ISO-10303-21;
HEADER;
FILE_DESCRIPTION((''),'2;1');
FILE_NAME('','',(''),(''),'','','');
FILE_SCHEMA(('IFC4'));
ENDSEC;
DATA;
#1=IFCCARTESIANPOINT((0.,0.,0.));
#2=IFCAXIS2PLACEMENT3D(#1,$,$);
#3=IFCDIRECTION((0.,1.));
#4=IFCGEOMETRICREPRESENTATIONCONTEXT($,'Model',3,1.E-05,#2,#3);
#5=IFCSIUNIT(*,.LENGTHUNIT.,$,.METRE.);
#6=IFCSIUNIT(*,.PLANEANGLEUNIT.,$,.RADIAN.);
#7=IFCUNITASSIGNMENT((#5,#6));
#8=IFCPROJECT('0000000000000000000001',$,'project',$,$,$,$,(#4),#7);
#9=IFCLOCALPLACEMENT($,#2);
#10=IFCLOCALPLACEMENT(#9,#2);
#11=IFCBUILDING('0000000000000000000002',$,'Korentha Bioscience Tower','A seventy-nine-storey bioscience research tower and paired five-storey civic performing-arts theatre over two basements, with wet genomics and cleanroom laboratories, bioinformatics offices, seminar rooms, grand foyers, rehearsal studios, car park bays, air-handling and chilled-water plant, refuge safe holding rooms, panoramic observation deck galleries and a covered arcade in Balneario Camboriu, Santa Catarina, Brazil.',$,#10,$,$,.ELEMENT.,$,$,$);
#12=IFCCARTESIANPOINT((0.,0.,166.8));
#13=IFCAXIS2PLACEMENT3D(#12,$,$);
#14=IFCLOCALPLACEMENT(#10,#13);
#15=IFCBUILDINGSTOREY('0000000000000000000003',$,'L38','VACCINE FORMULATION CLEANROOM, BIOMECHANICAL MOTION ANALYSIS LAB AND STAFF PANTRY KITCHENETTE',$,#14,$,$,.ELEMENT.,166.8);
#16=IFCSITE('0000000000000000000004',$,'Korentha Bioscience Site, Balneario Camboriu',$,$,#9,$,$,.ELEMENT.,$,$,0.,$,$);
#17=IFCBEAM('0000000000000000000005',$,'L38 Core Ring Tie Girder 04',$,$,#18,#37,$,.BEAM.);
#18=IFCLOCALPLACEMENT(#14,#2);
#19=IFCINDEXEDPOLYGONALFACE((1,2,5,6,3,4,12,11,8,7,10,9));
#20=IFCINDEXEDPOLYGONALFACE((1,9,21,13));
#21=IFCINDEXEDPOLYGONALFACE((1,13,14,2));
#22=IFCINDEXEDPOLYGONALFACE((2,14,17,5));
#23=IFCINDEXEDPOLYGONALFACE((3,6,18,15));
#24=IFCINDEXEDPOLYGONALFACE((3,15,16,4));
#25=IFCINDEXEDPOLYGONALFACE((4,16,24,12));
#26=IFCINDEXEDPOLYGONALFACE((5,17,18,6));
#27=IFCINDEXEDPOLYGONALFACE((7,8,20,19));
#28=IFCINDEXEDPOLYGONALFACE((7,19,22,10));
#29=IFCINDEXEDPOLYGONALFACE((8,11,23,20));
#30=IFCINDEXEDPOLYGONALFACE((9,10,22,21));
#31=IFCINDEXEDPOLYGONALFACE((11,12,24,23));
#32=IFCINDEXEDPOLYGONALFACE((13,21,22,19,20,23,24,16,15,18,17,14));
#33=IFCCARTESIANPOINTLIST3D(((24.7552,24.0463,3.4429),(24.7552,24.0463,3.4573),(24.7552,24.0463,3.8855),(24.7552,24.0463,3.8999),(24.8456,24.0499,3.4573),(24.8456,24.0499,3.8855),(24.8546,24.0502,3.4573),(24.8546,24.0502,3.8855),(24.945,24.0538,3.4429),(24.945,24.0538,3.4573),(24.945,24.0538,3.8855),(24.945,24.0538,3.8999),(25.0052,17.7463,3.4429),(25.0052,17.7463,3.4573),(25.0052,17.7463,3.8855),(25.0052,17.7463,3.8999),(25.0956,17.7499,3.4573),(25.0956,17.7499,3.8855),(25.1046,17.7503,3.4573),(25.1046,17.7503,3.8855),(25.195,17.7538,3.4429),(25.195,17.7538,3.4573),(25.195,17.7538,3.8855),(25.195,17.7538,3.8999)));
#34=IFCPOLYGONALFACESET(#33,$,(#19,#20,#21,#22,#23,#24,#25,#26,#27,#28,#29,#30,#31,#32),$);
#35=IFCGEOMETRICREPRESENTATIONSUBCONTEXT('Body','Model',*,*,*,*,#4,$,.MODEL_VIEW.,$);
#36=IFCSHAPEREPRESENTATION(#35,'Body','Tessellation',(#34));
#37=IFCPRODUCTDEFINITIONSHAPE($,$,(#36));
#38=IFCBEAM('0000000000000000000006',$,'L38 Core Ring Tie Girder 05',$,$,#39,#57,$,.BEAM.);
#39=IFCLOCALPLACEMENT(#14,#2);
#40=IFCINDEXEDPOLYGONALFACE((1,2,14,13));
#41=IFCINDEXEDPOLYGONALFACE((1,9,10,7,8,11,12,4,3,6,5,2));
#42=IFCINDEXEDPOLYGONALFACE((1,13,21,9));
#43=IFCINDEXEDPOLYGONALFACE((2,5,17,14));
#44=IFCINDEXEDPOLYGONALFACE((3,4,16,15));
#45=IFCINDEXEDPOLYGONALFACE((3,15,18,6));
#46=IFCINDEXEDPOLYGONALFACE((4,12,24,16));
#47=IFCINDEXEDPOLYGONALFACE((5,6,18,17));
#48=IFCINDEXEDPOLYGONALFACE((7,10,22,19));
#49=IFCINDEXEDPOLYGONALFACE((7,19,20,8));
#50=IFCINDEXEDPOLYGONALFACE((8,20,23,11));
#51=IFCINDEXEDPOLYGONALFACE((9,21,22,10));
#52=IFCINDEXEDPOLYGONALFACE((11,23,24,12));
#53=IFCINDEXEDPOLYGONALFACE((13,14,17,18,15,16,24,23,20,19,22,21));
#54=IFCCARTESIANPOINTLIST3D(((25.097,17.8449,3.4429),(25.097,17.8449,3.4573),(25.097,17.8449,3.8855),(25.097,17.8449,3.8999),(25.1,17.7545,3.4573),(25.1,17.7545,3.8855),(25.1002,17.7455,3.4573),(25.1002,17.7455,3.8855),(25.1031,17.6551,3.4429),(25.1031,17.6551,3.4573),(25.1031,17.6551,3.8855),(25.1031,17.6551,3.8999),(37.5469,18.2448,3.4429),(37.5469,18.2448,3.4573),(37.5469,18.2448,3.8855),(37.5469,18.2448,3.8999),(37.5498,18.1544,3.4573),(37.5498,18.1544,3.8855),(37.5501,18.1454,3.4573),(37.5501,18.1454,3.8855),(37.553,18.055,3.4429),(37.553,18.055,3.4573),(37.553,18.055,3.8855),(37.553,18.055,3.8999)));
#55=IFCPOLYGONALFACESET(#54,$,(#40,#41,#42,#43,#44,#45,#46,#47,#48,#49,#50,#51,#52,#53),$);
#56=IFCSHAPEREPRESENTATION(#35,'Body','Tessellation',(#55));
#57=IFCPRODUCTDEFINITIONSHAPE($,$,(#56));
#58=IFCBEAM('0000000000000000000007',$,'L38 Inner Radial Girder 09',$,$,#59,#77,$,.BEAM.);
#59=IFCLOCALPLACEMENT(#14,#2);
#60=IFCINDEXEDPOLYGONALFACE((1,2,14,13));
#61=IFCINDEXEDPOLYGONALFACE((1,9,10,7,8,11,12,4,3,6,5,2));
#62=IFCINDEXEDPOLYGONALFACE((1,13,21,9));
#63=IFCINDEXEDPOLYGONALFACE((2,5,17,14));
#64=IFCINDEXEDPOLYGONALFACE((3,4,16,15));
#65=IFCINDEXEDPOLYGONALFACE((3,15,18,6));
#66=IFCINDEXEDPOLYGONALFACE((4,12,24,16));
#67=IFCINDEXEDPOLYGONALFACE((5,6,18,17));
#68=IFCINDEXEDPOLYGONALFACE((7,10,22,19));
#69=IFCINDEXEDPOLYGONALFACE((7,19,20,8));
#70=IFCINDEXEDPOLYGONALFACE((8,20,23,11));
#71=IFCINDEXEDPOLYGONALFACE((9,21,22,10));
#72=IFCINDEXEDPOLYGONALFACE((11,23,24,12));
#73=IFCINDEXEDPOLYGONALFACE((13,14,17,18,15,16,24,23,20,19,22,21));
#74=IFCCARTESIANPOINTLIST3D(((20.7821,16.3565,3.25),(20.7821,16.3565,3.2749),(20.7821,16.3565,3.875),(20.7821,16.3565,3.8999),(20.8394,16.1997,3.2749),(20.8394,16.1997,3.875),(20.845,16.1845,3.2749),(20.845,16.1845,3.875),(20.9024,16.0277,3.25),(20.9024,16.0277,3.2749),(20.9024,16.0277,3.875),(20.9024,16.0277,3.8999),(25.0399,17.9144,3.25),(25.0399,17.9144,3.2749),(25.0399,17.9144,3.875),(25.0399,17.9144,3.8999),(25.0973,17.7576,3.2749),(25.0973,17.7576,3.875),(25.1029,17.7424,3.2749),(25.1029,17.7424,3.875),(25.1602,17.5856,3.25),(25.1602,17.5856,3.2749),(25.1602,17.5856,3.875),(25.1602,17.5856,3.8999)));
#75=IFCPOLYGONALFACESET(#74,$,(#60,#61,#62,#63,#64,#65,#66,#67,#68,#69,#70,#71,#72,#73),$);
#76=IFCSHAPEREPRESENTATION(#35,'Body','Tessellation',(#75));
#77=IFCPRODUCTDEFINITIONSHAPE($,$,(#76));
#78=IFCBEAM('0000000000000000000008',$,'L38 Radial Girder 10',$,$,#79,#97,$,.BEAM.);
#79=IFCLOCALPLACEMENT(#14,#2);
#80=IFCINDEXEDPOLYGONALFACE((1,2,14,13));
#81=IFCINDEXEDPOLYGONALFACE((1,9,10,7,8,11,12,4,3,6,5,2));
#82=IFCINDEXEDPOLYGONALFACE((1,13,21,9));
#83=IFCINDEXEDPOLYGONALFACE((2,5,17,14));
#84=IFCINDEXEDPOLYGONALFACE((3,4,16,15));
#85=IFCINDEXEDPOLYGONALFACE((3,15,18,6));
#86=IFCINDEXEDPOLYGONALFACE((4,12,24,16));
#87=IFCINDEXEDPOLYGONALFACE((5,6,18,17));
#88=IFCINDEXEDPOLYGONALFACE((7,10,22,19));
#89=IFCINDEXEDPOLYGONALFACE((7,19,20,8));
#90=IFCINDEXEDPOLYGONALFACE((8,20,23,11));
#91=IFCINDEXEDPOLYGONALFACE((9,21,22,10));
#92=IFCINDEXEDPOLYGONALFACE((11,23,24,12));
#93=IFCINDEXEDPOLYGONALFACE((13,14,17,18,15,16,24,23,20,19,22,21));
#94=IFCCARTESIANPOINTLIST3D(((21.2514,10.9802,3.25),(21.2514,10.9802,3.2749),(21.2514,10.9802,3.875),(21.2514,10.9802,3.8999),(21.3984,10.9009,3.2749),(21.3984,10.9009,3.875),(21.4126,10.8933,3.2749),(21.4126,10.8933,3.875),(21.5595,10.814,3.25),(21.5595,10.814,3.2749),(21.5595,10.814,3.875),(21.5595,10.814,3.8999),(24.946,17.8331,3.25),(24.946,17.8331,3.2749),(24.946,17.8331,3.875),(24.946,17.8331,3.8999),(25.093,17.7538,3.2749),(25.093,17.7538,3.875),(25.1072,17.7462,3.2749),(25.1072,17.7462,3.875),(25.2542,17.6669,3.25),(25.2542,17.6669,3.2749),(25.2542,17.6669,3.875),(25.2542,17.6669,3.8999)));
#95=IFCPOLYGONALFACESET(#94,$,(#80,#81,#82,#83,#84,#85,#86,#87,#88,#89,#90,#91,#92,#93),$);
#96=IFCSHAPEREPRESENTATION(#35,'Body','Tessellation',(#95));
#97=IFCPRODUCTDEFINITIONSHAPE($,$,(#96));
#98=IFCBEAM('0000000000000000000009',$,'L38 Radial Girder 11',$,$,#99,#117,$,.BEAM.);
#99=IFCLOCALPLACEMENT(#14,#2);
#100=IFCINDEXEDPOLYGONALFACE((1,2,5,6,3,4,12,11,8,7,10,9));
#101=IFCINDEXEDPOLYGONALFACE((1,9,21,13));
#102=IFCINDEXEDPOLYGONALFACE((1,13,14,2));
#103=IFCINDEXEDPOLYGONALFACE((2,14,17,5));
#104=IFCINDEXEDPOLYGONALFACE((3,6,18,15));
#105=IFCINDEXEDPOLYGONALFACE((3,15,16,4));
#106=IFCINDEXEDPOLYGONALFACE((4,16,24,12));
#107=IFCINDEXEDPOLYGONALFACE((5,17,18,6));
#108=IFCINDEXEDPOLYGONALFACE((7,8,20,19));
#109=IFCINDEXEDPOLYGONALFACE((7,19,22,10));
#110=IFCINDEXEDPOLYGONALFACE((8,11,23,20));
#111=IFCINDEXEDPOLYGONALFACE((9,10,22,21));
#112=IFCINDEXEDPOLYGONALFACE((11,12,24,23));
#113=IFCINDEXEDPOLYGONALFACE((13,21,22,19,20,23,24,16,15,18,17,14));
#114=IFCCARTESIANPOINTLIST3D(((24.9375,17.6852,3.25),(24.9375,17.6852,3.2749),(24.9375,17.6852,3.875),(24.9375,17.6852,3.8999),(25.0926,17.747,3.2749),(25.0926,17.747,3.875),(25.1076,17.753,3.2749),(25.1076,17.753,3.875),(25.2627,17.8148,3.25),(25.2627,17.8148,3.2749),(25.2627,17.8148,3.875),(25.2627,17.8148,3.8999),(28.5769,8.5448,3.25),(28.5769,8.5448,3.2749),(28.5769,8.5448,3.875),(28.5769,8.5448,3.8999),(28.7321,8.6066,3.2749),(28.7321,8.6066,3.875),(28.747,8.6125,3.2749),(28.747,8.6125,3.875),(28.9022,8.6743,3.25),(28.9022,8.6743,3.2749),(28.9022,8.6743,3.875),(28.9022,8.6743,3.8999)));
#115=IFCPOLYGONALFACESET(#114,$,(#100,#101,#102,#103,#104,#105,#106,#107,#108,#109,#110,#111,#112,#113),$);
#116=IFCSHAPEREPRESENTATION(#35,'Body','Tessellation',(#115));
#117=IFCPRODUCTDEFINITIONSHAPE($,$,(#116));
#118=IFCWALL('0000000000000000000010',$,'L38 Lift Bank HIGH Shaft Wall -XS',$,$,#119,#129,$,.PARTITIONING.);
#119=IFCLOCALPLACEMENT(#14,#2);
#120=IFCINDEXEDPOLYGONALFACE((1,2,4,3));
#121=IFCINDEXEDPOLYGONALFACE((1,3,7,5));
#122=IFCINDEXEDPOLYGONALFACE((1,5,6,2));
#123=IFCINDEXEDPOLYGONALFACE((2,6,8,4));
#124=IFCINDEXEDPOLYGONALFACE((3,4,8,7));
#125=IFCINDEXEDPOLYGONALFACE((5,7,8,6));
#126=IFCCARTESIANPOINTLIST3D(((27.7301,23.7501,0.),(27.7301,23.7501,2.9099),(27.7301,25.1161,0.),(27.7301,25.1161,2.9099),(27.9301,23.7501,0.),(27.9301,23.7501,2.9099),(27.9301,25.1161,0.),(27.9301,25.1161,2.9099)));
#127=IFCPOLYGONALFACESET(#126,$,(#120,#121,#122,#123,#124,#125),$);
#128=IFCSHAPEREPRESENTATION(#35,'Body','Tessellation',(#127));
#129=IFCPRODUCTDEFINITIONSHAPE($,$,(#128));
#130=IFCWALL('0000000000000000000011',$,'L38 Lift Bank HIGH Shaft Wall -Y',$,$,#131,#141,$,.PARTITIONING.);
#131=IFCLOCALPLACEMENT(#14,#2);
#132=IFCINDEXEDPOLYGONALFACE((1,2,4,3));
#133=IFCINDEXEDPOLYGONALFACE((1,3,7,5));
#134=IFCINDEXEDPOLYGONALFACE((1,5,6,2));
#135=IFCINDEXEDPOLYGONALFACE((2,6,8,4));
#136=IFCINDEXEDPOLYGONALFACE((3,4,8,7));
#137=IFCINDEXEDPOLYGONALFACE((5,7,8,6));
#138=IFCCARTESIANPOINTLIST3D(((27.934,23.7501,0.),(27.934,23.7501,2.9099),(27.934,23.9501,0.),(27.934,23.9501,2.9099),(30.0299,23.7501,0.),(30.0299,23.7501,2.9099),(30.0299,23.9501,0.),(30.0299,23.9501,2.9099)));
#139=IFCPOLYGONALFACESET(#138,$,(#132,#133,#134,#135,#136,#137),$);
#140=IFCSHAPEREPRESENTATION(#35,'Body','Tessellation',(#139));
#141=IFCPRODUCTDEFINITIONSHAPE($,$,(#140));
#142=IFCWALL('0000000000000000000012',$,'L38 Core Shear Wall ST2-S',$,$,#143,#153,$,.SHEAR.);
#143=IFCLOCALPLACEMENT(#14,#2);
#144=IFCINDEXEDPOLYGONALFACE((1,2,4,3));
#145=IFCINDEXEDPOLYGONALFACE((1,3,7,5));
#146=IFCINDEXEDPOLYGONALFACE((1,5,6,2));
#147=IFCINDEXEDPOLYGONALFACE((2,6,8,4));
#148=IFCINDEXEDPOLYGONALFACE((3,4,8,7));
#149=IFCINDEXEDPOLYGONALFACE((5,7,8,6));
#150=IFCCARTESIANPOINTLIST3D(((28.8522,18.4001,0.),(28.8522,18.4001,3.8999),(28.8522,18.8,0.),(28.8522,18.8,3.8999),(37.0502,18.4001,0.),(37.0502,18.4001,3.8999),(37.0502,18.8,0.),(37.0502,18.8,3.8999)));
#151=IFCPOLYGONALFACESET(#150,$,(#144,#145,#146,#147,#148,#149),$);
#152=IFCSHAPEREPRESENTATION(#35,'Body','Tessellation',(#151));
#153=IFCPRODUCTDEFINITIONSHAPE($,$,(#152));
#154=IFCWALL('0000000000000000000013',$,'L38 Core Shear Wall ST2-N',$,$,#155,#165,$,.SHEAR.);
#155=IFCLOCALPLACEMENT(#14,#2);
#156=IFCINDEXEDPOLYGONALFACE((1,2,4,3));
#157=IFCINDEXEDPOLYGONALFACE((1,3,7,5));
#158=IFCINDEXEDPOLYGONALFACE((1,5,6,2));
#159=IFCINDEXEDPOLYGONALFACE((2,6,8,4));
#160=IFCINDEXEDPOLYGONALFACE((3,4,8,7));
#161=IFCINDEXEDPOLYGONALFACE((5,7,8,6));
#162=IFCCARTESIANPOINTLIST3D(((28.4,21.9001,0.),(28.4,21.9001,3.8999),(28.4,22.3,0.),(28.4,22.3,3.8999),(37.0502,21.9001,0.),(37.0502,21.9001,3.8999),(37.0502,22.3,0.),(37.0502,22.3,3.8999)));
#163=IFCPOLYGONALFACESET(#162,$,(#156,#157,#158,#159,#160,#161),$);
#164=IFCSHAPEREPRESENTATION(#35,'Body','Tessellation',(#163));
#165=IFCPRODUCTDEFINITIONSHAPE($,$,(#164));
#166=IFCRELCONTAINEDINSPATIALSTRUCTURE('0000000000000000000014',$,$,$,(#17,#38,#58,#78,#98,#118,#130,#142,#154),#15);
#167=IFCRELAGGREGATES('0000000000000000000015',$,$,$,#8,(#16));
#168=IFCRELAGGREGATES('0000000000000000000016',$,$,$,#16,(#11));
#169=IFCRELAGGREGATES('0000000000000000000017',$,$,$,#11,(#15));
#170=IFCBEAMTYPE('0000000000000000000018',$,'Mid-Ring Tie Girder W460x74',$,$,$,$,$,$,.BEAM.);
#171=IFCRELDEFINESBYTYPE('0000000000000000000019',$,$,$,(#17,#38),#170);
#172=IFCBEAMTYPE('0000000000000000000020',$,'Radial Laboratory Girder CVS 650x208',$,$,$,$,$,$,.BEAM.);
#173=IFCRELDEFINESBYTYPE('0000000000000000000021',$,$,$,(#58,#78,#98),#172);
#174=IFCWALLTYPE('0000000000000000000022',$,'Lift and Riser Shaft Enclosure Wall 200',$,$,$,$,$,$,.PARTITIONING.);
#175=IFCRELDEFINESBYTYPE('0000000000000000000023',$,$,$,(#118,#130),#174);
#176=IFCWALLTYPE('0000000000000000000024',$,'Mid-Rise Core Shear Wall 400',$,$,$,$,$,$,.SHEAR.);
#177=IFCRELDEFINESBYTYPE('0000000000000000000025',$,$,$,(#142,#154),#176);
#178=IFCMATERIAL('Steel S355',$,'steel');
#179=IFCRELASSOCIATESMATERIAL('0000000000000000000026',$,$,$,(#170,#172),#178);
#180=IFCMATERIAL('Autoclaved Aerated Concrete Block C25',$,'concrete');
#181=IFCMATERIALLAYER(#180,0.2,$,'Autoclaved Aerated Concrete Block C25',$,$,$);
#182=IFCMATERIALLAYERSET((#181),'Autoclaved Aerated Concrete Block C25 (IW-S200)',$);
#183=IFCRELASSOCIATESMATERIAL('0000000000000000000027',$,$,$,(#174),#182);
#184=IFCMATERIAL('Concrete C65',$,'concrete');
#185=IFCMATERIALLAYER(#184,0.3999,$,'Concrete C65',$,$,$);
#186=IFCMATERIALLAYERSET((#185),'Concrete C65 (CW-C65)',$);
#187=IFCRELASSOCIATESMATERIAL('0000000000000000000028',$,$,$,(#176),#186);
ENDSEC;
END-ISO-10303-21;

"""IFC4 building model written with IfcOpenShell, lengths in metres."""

from ifc_helpers import new_model, si_unit, direction, frame, frame_2d, origin, origin_2d, place, context, subcontext, project, spatial, rectangle, i_section, extrude, material, layer, layer_set, material_profile, profile_set, type_object, element, save


model = new_model("IFC4")

# Units and contexts
model_context = context("Model", 3, precision=1e-05, world=origin(), true_north=direction((0.0, 1.0)))
body_context = subcontext(model_context, "Body", "Model", "MODEL_VIEW")
ifc_project = project(units=[si_unit("LENGTHUNIT", "METRE"), si_unit("PLANEANGLEUNIT", "RADIAN")], contexts=[model_context])

# Site, building, storey
site_placement = place(None, origin())
site = spatial("IfcSite", under=ifc_project, at=site_placement, Name="Korentha Bioscience Site, Balneario Camboriu", CompositionType="ELEMENT", RefElevation=0.0)
building_placement = place(site_placement, origin())
building = spatial("IfcBuilding", under=site, at=building_placement, Name="Korentha Bioscience Tower", Description="A seventy-nine-storey bioscience research tower and paired five-storey civic performing-arts theatre over two basements, with wet genomics and cleanroom laboratories, bioinformatics offices, seminar rooms, grand foyers, rehearsal studios, car park bays, air-handling and chilled-water plant, refuge safe holding rooms, panoramic observation deck galleries and a covered arcade in Balneario Camboriu, Santa Catarina, Brazil.", CompositionType="ELEMENT")
storey_placement = place(building_placement, frame((0.0, 0.0, 166.8)))
storey = spatial("IfcBuildingStorey", under=building, at=storey_placement, Name="L38", Description="VACCINE FORMULATION CLEANROOM, BIOMECHANICAL MOTION ANALYSIS LAB AND STAFF PANTRY KITCHENETTE", CompositionType="ELEMENT", Elevation=166.8)

# Beams
ifc_material_1 = material(Name="Steel S355", Category="steel")
ifc_material_profile_1 = material_profile(ifc_material_1, i_section(OverallWidth=0.1899, OverallDepth=0.457, WebThickness=0.009, FlangeThickness=0.0144, at=origin_2d()), Name="Steel S355")
ifc_profile_set_1 = profile_set([ifc_material_profile_1], Name="Steel S355 (MB-460)")
beam_type_1 = type_object("IfcBeamType", Name="Mid-Ring Tie Girder W460x74", PredefinedType="BEAM", material=ifc_profile_set_1)
beam_1_placement = place(storey_placement, frame((24.8501, 24.05, 3.6714), z_axis=(0.039651, -0.999214, 0.0), x_axis=(0.999214, 0.039651, 0.0)))
element("IfcBeam", 1, at=beam_1_placement, inside=storey, type_object=beam_type_1, Name="L38 Core Ring Tie Girder 04", PredefinedType="BEAM", context=body_context, shape_type="SweptSolid", body=[
    extrude(i_section(OverallWidth=0.1899, OverallDepth=0.457, WebThickness=0.009, FlangeThickness=0.0144, at=origin_2d()), origin(), (0.0, 0.0, 1.0), 6.3049),
])
beam_2_placement = place(storey_placement, frame((25.1001, 17.75, 3.6714), z_axis=(0.999485, 0.032104, 0.0), x_axis=(-0.032104, 0.999485, 0.0)))
element("IfcBeam", 2, at=beam_2_placement, inside=storey, type_object=beam_type_1, Name="L38 Core Ring Tie Girder 05", PredefinedType="BEAM", context=body_context, shape_type="SweptSolid", body=[
    extrude(i_section(OverallWidth=0.1899, OverallDepth=0.457, WebThickness=0.009, FlangeThickness=0.0144, at=origin_2d()), origin(), (0.0, 0.0, 1.0), 12.4563),
])
ifc_material_profile_2 = material_profile(ifc_material_1, i_section(OverallWidth=0.3501, OverallDepth=0.6499, WebThickness=0.0161, FlangeThickness=0.0249, at=origin_2d()), Name="Steel S355")
ifc_profile_set_2 = profile_set([ifc_material_profile_2], Name="Steel S355 (RB-650)")
beam_type_2 = type_object("IfcBeamType", Name="Radial Laboratory Girder CVS 650x208", PredefinedType="BEAM", material=ifc_profile_set_2)
beam_3_placement = place(storey_placement, frame((25.1001, 17.75, 3.575), z_axis=(-0.939114, -0.343606, 0.0), x_axis=(0.343606, -0.939114, 0.0)))
element("IfcBeam", 3, at=beam_3_placement, inside=storey, type_object=beam_type_2, Name="L38 Inner Radial Girder 09", PredefinedType="BEAM", context=body_context, shape_type="SweptSolid", body=[
    extrude(i_section(OverallWidth=0.3501, OverallDepth=0.6499, WebThickness=0.0161, FlangeThickness=0.0249, at=origin_2d()), origin(), (0.0, 0.0, 1.0), 4.5339),
])
beam_4_placement = place(storey_placement, frame((25.1001, 17.75, 3.575), z_axis=(-0.47456, -0.880223, 0.0), x_axis=(0.880223, -0.47456, 0.0)))
element("IfcBeam", 4, at=beam_4_placement, inside=storey, type_object=beam_type_2, Name="L38 Radial Girder 10", PredefinedType="BEAM", context=body_context, shape_type="SweptSolid", body=[
    extrude(i_section(OverallWidth=0.3501, OverallDepth=0.6499, WebThickness=0.0161, FlangeThickness=0.0249, at=origin_2d()), origin(), (0.0, 0.0, 1.0), 7.7854),
])
beam_5_placement = place(storey_placement, frame((25.1001, 17.75, 3.575), z_axis=(0.369923, -0.929063, 0.0), x_axis=(0.929063, 0.369923, 0.0)))
element("IfcBeam", 5, at=beam_5_placement, inside=storey, type_object=beam_type_2, Name="L38 Radial Girder 11", PredefinedType="BEAM", context=body_context, shape_type="SweptSolid", body=[
    extrude(i_section(OverallWidth=0.3501, OverallDepth=0.6499, WebThickness=0.0161, FlangeThickness=0.0249, at=origin_2d()), origin(), (0.0, 0.0, 1.0), 9.8384),
])

# Walls
ifc_material_2 = material(Name="Autoclaved Aerated Concrete Block C25", Category="concrete")
ifc_layer_1 = layer(ifc_material_2, 0.2, Name="Autoclaved Aerated Concrete Block C25")
ifc_layer_set_1 = layer_set([ifc_layer_1], Name="Autoclaved Aerated Concrete Block C25 (IW-S200)")
wall_type_1 = type_object("IfcWallType", Name="Lift and Riser Shaft Enclosure Wall 200", PredefinedType="PARTITIONING", material=ifc_layer_set_1)
wall_1_placement = place(storey_placement, frame((27.8301, 23.75, 0.0), z_axis=(0.0, 0.0, 1.0), x_axis=(0.0, 1.0, 0.0)))
element("IfcWall", 6, at=wall_1_placement, inside=storey, type_object=wall_type_1, Name="L38 Lift Bank HIGH Shaft Wall -XS", PredefinedType="PARTITIONING", context=body_context, shape_type="SweptSolid", body=[
    extrude(rectangle(XDim=1.366, YDim=0.2, at=frame_2d((0.6831, 0.0))), origin(), (0.0, 0.0, 1.0), 2.9099),
])
wall_2_placement = place(storey_placement, frame((27.9341, 23.8501, 0.0), z_axis=(0.0, 0.0, 1.0), x_axis=(1.0, 0.0, 0.0)))
element("IfcWall", 7, at=wall_2_placement, inside=storey, type_object=wall_type_1, Name="L38 Lift Bank HIGH Shaft Wall -Y", PredefinedType="PARTITIONING", context=body_context, shape_type="SweptSolid", body=[
    extrude(rectangle(XDim=2.0959, YDim=0.2, at=frame_2d((1.0479, 0.0))), origin(), (0.0, 0.0, 1.0), 2.9099),
])
ifc_material_3 = material(Name="Concrete C65", Category="concrete")
ifc_layer_2 = layer(ifc_material_3, 0.3999, Name="Concrete C65")
ifc_layer_set_2 = layer_set([ifc_layer_2], Name="Concrete C65 (CW-C65)")
wall_type_2 = type_object("IfcWallType", Name="Mid-Rise Core Shear Wall 400", PredefinedType="SHEAR", material=ifc_layer_set_2)
wall_3_placement = place(storey_placement, frame((28.8521, 18.6001, 0.0), z_axis=(0.0, 0.0, 1.0), x_axis=(1.0, 0.0, 0.0)))
element("IfcWall", 8, at=wall_3_placement, inside=storey, type_object=wall_type_2, Name="L38 Core Shear Wall ST2-S", PredefinedType="SHEAR", context=body_context, shape_type="SweptSolid", body=[
    extrude(rectangle(XDim=8.198, YDim=0.3999, at=frame_2d((4.0991, 0.0))), origin(), (0.0, 0.0, 1.0), 3.8999),
])
wall_4_placement = place(storey_placement, frame((28.3999, 22.1001, 0.0), z_axis=(0.0, 0.0, 1.0), x_axis=(1.0, 0.0, 0.0)))
element("IfcWall", 9, at=wall_4_placement, inside=storey, type_object=wall_type_2, Name="L38 Core Shear Wall ST2-N", PredefinedType="SHEAR", context=body_context, shape_type="SweptSolid", body=[
    extrude(rectangle(XDim=8.6501, YDim=0.3999, at=frame_2d((4.3252, 0.0))), origin(), (0.0, 0.0, 1.0), 3.8999),
])

save(model, "model.ifc")
